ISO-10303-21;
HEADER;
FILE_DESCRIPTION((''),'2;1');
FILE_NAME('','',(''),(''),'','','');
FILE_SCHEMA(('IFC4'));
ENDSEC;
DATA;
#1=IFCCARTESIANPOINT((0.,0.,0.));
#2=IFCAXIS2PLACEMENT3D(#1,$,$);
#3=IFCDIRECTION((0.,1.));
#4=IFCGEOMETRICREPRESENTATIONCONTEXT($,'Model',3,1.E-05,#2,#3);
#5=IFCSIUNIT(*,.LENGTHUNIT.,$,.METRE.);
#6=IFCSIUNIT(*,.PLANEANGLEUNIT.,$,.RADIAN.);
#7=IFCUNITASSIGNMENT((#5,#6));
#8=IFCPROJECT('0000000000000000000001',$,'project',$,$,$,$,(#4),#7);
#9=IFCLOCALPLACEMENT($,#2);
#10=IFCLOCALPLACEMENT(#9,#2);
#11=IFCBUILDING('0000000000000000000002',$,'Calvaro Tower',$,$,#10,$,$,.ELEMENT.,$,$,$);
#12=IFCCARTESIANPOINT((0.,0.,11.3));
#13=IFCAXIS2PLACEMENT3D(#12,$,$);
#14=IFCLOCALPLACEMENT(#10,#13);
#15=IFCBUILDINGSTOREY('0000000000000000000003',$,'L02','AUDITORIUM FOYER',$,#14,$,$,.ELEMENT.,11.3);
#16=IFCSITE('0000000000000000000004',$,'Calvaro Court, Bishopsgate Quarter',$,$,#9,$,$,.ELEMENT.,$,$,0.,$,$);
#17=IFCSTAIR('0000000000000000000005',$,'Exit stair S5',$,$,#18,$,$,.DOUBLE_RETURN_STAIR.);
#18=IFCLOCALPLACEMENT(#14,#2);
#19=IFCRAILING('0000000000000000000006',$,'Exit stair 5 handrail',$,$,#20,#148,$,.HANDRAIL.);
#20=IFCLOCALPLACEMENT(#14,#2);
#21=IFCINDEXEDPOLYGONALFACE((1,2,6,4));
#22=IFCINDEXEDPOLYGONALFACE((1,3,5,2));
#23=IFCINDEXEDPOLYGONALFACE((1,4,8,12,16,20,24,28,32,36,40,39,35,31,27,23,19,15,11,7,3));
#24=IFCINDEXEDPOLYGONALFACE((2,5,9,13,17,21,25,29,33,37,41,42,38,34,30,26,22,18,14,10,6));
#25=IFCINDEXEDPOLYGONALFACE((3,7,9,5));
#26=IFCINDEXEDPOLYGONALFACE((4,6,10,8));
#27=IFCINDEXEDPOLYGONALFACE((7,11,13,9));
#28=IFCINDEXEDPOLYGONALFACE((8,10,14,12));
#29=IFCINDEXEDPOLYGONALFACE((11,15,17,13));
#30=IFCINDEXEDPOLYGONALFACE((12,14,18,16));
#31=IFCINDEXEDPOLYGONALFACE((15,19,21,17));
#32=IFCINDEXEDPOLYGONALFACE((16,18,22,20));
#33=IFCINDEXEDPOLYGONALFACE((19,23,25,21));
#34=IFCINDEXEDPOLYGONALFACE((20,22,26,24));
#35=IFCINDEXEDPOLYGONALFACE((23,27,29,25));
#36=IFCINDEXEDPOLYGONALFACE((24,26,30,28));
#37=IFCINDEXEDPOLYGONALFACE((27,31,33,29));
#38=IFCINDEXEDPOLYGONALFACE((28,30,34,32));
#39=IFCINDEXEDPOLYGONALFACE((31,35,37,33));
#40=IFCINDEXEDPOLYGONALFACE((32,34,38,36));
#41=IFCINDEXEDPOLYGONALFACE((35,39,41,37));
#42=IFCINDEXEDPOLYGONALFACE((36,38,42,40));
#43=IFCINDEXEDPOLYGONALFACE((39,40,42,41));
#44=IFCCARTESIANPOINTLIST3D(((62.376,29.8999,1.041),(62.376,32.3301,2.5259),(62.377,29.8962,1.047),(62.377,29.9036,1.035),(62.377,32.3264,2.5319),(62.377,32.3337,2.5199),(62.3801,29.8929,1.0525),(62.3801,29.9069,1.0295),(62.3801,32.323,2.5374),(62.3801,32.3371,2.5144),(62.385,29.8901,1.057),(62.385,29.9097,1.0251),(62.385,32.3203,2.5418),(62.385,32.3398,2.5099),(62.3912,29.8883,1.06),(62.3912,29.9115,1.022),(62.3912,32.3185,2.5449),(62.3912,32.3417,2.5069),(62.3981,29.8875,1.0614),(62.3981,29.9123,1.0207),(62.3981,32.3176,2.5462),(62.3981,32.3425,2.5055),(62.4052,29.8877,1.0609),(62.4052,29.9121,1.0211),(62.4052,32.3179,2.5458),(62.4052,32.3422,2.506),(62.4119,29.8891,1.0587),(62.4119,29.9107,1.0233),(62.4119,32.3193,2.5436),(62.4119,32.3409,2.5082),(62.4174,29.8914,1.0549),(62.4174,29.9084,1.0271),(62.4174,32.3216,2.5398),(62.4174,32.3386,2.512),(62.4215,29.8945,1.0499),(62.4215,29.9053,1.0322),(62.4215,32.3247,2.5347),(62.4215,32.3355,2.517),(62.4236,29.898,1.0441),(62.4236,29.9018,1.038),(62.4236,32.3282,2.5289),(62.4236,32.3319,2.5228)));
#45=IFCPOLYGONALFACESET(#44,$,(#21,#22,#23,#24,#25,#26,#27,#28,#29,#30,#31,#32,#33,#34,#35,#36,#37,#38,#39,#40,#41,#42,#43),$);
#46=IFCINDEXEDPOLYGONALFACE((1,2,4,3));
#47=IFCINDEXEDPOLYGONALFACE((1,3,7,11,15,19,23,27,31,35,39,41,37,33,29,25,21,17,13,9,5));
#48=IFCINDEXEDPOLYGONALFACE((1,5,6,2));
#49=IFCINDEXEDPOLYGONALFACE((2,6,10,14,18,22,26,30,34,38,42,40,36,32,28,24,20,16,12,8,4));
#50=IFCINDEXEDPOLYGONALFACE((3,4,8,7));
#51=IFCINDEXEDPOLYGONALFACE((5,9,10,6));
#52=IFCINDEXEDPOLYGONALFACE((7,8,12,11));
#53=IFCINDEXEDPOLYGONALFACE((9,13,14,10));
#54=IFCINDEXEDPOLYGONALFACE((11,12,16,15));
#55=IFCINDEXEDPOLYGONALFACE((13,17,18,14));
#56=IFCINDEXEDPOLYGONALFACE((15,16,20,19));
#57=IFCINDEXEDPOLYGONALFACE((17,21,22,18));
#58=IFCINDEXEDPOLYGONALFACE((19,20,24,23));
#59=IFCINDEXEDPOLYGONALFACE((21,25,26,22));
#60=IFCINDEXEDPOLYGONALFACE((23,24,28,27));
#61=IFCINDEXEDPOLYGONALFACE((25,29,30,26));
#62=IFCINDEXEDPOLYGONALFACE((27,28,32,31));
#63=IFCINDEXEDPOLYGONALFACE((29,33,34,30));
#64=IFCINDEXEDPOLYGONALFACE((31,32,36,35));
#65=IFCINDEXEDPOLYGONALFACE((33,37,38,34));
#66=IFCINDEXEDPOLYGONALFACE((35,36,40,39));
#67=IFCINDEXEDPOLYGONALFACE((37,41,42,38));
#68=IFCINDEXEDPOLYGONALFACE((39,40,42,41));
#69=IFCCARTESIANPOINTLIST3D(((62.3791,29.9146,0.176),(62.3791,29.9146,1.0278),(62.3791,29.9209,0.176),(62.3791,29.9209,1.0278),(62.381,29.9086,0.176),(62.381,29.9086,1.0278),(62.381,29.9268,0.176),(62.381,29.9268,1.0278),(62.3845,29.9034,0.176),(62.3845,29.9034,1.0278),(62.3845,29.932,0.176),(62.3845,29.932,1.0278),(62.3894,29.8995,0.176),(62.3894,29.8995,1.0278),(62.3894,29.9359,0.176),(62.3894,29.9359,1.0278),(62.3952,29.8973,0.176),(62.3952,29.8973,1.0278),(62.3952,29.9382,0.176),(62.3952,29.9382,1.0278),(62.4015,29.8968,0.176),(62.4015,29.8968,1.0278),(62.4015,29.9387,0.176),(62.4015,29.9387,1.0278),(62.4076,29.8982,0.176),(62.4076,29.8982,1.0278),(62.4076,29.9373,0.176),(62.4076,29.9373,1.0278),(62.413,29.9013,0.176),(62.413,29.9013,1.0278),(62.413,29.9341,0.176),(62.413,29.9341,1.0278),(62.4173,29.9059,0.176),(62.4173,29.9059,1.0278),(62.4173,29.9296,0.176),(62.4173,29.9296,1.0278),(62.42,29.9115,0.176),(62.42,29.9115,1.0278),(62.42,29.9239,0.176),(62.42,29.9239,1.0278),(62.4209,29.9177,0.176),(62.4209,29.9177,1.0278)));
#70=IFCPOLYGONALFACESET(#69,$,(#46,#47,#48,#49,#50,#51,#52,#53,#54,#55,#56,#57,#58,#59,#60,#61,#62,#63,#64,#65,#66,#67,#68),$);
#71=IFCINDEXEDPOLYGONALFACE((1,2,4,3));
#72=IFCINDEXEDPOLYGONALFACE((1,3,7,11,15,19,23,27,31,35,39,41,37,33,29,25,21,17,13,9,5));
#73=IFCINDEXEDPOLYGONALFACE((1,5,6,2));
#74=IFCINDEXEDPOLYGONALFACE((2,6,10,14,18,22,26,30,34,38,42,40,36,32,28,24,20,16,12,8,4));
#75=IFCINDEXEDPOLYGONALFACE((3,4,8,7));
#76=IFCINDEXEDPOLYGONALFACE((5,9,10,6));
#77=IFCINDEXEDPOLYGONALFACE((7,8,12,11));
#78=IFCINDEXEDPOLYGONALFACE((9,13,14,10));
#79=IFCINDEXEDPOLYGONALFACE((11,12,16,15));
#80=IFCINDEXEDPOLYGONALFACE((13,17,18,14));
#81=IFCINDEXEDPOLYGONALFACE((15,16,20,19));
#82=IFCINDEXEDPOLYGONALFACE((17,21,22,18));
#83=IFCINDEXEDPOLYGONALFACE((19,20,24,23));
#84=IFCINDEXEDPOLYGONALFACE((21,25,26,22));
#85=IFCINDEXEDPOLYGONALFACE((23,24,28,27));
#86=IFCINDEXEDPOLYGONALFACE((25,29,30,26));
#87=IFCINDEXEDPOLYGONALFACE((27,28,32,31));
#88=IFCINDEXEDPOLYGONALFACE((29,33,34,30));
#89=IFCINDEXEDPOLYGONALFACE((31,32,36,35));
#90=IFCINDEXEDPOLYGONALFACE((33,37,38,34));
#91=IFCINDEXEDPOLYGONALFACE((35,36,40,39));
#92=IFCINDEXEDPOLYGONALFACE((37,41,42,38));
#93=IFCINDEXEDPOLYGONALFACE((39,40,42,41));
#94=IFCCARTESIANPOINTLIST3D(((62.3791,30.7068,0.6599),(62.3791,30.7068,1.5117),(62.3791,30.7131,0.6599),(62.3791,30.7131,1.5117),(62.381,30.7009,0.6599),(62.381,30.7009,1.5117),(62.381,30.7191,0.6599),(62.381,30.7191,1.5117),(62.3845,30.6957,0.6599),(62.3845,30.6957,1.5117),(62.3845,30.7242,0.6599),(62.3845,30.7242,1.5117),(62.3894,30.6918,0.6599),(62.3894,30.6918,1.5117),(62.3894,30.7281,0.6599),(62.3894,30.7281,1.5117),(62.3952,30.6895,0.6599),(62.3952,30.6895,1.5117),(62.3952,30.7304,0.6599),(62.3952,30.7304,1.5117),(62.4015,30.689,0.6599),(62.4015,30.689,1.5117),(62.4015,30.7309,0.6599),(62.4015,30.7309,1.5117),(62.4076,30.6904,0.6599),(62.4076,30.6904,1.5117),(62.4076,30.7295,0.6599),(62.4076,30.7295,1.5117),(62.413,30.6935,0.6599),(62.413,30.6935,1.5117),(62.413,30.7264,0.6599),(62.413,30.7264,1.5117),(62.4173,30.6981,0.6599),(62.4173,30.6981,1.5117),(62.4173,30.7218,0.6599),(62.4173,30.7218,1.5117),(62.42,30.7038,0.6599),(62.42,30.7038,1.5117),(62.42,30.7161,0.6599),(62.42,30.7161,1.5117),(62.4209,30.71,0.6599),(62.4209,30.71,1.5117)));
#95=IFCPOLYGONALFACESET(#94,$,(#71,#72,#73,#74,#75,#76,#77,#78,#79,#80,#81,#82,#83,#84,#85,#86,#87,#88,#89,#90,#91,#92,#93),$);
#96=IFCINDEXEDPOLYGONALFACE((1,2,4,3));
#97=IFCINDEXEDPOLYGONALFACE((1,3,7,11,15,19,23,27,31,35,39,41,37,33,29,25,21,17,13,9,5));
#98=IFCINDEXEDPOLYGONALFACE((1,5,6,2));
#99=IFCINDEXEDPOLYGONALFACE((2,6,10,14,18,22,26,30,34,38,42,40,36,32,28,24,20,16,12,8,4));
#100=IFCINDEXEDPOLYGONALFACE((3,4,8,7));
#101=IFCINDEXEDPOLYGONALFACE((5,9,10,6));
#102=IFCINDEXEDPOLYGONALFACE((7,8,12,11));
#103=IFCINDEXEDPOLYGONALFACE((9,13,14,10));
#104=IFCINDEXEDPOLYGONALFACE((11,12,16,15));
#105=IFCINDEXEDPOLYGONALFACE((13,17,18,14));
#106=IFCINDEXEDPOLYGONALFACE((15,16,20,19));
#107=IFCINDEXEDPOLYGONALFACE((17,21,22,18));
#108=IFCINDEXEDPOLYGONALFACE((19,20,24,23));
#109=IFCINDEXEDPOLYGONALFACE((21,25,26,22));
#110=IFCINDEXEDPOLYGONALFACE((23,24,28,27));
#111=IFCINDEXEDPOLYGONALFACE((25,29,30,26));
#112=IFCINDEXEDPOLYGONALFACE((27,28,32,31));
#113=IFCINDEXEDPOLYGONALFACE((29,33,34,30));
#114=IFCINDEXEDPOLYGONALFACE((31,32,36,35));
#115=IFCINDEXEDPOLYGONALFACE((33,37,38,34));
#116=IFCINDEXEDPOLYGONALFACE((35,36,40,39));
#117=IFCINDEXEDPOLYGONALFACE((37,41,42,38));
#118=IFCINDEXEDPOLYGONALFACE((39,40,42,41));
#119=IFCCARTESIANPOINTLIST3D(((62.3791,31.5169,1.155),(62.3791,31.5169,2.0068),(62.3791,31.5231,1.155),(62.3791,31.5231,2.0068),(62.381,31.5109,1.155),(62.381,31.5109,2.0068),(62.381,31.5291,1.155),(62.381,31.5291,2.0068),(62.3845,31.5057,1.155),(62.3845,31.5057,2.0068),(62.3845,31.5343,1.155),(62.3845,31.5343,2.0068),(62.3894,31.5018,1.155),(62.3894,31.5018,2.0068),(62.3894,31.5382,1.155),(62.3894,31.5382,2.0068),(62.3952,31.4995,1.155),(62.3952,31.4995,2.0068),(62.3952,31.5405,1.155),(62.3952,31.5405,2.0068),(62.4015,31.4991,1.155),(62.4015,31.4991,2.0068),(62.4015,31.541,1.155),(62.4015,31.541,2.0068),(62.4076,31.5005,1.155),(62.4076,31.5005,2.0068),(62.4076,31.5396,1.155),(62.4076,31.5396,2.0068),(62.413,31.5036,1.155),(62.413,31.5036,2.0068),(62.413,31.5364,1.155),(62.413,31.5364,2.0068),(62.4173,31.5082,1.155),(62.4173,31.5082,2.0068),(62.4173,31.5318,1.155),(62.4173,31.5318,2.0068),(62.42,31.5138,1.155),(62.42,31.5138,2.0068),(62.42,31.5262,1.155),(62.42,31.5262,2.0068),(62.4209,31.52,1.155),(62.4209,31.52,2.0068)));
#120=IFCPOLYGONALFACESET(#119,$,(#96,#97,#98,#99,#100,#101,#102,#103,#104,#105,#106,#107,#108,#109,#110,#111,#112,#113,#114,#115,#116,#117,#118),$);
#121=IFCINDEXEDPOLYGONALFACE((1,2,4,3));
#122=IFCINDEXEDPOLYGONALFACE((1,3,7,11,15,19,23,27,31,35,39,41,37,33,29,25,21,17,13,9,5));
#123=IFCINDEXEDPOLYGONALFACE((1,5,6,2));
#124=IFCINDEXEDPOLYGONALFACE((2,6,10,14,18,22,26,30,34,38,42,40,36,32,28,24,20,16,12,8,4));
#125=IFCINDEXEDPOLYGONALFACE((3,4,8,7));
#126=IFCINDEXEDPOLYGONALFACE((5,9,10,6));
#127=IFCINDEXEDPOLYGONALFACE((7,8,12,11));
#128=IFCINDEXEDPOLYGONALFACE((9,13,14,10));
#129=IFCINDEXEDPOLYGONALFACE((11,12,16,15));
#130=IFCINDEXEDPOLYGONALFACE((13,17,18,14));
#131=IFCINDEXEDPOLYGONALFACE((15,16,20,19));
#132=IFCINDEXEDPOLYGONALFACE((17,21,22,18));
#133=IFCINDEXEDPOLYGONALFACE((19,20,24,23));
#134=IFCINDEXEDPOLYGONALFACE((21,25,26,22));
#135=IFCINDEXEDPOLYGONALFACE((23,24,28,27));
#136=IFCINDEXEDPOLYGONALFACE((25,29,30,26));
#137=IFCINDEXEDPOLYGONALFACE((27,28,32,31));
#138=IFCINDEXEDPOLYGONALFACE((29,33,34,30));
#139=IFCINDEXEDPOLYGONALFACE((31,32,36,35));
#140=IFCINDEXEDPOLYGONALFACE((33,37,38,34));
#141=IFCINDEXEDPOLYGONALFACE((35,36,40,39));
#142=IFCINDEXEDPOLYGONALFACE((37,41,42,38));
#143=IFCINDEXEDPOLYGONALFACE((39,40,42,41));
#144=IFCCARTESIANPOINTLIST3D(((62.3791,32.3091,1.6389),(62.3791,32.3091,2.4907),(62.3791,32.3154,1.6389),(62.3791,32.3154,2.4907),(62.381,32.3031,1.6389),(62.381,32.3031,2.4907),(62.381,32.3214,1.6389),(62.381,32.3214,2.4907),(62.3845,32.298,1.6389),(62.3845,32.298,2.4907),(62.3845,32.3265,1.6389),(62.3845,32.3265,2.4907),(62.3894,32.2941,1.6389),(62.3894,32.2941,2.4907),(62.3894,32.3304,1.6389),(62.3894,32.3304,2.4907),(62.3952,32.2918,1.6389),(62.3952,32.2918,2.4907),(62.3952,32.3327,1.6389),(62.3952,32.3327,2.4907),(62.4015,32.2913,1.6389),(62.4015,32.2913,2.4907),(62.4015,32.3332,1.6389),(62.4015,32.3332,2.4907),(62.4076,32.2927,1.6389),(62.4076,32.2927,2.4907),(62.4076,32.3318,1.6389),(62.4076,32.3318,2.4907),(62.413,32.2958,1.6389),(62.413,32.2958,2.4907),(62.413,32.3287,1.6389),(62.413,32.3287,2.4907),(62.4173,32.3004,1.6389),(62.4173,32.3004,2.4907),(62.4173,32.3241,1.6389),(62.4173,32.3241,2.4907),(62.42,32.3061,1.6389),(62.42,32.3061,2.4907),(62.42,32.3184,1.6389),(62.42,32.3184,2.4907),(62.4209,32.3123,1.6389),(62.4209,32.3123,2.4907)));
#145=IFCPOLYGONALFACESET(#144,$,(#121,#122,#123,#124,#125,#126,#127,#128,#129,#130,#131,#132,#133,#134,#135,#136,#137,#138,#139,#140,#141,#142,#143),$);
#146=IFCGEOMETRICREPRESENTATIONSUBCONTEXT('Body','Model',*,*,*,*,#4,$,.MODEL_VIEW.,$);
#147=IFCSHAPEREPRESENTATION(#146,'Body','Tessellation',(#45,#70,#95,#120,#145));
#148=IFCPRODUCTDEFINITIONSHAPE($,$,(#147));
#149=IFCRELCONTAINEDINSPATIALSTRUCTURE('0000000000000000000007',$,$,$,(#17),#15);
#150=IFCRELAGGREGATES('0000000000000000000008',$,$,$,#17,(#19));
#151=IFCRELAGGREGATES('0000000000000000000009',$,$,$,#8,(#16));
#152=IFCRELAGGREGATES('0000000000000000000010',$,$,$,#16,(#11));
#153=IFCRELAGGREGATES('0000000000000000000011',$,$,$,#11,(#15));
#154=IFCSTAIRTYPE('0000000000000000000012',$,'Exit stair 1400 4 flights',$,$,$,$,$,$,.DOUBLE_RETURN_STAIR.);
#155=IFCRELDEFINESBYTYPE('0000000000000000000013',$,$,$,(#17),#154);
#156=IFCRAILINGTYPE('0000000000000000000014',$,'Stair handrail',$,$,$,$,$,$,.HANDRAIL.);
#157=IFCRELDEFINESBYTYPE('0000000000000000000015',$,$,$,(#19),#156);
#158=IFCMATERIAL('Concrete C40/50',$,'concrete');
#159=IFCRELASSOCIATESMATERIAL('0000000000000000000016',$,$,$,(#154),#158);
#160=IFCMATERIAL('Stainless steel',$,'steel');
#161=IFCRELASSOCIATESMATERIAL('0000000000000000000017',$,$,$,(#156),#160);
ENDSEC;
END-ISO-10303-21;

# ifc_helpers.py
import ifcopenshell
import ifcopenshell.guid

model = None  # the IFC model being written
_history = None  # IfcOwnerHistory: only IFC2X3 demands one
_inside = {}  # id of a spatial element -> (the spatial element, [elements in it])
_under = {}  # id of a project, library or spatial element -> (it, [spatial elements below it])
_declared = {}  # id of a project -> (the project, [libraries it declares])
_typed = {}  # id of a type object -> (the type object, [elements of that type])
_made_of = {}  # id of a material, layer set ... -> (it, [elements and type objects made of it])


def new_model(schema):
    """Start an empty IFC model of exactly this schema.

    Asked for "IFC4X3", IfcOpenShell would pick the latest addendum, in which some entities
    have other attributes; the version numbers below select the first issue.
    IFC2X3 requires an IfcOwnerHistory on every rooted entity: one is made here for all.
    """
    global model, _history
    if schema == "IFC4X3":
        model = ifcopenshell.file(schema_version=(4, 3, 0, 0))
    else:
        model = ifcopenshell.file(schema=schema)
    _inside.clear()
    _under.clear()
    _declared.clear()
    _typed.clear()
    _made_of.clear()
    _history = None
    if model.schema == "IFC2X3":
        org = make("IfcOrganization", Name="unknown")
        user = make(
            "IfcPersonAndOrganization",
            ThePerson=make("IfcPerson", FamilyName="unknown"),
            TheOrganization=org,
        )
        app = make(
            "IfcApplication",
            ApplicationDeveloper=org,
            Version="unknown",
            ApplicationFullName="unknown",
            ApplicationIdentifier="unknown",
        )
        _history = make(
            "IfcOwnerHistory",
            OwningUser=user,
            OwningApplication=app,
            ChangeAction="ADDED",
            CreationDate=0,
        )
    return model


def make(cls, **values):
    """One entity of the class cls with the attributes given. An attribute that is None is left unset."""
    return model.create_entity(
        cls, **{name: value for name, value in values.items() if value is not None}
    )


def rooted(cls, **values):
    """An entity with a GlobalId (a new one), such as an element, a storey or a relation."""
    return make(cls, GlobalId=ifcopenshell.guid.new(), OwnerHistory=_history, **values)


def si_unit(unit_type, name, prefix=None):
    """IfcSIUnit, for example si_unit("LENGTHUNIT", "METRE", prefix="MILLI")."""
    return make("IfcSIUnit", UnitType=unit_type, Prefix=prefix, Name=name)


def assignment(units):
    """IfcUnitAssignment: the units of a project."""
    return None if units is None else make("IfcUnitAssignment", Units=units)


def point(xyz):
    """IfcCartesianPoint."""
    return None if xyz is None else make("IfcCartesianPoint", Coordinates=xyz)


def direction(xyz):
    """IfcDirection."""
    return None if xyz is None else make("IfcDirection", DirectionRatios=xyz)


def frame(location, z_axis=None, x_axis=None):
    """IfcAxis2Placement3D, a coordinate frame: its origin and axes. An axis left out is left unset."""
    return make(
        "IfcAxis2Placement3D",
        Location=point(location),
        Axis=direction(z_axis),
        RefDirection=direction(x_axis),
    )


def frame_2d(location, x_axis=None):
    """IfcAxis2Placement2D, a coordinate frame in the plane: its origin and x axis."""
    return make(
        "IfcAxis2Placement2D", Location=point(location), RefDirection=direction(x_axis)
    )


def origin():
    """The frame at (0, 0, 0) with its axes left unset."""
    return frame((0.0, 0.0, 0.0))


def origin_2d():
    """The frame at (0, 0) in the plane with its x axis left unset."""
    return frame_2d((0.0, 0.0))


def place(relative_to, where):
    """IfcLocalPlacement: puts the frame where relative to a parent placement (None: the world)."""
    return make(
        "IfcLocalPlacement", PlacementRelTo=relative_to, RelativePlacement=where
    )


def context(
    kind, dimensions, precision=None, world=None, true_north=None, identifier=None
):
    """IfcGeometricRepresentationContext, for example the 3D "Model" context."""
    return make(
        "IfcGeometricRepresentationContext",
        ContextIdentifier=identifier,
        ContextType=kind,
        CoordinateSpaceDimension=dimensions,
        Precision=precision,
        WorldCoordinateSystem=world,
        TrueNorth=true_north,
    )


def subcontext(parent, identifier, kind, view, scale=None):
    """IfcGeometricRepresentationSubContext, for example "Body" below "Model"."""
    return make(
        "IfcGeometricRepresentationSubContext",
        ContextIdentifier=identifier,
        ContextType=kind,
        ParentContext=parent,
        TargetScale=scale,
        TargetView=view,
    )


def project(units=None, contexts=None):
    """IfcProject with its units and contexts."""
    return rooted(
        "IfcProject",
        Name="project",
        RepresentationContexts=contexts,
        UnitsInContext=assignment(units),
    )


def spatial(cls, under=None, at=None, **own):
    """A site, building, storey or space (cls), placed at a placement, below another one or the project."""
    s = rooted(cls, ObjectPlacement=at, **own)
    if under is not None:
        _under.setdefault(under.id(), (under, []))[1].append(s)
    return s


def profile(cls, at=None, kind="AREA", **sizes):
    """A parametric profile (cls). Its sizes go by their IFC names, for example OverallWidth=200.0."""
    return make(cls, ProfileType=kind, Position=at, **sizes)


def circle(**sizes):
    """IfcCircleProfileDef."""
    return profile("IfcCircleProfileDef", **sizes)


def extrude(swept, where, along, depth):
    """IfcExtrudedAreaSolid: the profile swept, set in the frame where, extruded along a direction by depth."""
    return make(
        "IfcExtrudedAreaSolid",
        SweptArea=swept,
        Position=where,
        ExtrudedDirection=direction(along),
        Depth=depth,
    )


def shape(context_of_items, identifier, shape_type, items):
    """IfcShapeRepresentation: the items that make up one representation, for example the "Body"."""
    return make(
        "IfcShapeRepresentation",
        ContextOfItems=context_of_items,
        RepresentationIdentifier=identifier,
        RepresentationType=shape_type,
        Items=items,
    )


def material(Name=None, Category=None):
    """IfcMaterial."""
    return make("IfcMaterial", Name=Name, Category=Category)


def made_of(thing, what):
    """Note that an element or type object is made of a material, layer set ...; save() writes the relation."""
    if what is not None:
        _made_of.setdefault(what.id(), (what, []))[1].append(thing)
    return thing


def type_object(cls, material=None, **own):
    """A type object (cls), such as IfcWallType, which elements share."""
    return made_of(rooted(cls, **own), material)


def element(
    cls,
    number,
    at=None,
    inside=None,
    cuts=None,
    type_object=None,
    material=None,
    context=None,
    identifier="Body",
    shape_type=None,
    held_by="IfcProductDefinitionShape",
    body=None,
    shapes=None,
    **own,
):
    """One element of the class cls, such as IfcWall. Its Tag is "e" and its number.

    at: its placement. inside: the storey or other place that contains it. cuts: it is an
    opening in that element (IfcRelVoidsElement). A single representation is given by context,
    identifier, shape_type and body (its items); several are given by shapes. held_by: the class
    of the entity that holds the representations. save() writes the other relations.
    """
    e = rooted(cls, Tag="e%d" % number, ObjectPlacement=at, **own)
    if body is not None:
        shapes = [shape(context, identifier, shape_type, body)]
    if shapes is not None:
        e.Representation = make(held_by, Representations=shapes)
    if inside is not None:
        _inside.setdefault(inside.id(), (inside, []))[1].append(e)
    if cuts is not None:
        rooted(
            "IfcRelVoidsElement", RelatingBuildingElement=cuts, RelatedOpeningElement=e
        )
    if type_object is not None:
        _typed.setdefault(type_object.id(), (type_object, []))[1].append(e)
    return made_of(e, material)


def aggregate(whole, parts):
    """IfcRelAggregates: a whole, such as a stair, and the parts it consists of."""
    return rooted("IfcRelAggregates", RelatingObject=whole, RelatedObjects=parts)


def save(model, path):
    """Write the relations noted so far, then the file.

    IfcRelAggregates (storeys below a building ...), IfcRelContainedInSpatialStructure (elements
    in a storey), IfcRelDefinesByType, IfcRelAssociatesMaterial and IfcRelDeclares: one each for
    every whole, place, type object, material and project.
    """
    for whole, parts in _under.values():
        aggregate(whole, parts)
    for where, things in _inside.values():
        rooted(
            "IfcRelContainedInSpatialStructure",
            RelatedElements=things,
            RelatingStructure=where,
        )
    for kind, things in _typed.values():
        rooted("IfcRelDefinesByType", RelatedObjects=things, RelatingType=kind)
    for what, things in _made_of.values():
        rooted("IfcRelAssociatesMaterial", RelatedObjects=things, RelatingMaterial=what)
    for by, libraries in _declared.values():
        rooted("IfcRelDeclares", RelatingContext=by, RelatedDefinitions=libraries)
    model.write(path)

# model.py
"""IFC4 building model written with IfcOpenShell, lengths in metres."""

from ifc_helpers import new_model, si_unit, direction, frame, origin, origin_2d, place, context, subcontext, project, spatial, circle, extrude, material, type_object, element, aggregate, save


model = new_model("IFC4")

# Units and contexts
model_context = context("Model", 3, precision=1e-05, world=origin(), true_north=direction((0.0, 1.0)))
body_context = subcontext(model_context, "Body", "Model", "MODEL_VIEW")
ifc_project = project(units=[si_unit("LENGTHUNIT", "METRE"), si_unit("PLANEANGLEUNIT", "RADIAN")], contexts=[model_context])

# Site, building, storey
site_placement = place(None, origin())
site = spatial("IfcSite", under=ifc_project, at=site_placement, Name="Calvaro Court, Bishopsgate Quarter", CompositionType="ELEMENT", RefElevation=0.0)
building_placement = place(site_placement, origin())
building = spatial("IfcBuilding", under=site, at=building_placement, Name="Calvaro Tower", CompositionType="ELEMENT")
storey_placement = place(building_placement, frame((0.0, 0.0, 11.3)))
storey = spatial("IfcBuildingStorey", under=building, at=storey_placement, Name="L02", Description="AUDITORIUM FOYER", CompositionType="ELEMENT", Elevation=11.3)

# Stair
ifc_material_1 = material(Name="Concrete C40/50", Category="concrete")
stair_type = type_object("IfcStairType", Name="Exit stair 1400 4 flights", PredefinedType="DOUBLE_RETURN_STAIR", material=ifc_material_1)
stair_1_placement = place(storey_placement, origin())
stair_1 = element("IfcStair", 1, at=stair_1_placement, inside=storey, type_object=stair_type, Name="Exit stair S5", PredefinedType="DOUBLE_RETURN_STAIR")

# Shared definitions
ifc_material_2 = material(Name="Stainless steel", Category="steel")
railing_type = type_object("IfcRailingType", Name="Stair handrail", PredefinedType="HANDRAIL", material=ifc_material_2)

# Railing
railing_1_placement = place(storey_placement, frame((62.3999, 29.8999, 0.165)))
railing_1 = element("IfcRailing", 2, at=railing_1_placement, type_object=railing_type, Name="Exit stair 5 handrail", PredefinedType="HANDRAIL", context=body_context, shape_type="SweptSolid", body=[
    extrude(circle(Radius=0.0239, at=origin_2d()), frame((0.0, 0.0, 0.876), z_axis=(0.0, 0.85332, 0.521388), x_axis=(-1.0, 0.0, 0.0)), (0.0, 0.0, 1.0), 2.8479),
    extrude(circle(Radius=0.021, at=origin_2d()), frame((0.0, 0.0178, 0.011)), (0.0, 0.0, 1.0), 0.8518),
    extrude(circle(Radius=0.021, at=origin_2d()), frame((0.0, 0.8101, 0.4949)), (0.0, 0.0, 1.0), 0.8518),
    extrude(circle(Radius=0.021, at=origin_2d()), frame((0.0, 1.6201, 0.99)), (0.0, 0.0, 1.0), 0.8518),
    extrude(circle(Radius=0.021, at=origin_2d()), frame((0.0, 2.4124, 1.4739)), (0.0, 0.0, 1.0), 0.8518),
])
aggregate(stair_1, [railing_1])

save(model, "model.ifc")
